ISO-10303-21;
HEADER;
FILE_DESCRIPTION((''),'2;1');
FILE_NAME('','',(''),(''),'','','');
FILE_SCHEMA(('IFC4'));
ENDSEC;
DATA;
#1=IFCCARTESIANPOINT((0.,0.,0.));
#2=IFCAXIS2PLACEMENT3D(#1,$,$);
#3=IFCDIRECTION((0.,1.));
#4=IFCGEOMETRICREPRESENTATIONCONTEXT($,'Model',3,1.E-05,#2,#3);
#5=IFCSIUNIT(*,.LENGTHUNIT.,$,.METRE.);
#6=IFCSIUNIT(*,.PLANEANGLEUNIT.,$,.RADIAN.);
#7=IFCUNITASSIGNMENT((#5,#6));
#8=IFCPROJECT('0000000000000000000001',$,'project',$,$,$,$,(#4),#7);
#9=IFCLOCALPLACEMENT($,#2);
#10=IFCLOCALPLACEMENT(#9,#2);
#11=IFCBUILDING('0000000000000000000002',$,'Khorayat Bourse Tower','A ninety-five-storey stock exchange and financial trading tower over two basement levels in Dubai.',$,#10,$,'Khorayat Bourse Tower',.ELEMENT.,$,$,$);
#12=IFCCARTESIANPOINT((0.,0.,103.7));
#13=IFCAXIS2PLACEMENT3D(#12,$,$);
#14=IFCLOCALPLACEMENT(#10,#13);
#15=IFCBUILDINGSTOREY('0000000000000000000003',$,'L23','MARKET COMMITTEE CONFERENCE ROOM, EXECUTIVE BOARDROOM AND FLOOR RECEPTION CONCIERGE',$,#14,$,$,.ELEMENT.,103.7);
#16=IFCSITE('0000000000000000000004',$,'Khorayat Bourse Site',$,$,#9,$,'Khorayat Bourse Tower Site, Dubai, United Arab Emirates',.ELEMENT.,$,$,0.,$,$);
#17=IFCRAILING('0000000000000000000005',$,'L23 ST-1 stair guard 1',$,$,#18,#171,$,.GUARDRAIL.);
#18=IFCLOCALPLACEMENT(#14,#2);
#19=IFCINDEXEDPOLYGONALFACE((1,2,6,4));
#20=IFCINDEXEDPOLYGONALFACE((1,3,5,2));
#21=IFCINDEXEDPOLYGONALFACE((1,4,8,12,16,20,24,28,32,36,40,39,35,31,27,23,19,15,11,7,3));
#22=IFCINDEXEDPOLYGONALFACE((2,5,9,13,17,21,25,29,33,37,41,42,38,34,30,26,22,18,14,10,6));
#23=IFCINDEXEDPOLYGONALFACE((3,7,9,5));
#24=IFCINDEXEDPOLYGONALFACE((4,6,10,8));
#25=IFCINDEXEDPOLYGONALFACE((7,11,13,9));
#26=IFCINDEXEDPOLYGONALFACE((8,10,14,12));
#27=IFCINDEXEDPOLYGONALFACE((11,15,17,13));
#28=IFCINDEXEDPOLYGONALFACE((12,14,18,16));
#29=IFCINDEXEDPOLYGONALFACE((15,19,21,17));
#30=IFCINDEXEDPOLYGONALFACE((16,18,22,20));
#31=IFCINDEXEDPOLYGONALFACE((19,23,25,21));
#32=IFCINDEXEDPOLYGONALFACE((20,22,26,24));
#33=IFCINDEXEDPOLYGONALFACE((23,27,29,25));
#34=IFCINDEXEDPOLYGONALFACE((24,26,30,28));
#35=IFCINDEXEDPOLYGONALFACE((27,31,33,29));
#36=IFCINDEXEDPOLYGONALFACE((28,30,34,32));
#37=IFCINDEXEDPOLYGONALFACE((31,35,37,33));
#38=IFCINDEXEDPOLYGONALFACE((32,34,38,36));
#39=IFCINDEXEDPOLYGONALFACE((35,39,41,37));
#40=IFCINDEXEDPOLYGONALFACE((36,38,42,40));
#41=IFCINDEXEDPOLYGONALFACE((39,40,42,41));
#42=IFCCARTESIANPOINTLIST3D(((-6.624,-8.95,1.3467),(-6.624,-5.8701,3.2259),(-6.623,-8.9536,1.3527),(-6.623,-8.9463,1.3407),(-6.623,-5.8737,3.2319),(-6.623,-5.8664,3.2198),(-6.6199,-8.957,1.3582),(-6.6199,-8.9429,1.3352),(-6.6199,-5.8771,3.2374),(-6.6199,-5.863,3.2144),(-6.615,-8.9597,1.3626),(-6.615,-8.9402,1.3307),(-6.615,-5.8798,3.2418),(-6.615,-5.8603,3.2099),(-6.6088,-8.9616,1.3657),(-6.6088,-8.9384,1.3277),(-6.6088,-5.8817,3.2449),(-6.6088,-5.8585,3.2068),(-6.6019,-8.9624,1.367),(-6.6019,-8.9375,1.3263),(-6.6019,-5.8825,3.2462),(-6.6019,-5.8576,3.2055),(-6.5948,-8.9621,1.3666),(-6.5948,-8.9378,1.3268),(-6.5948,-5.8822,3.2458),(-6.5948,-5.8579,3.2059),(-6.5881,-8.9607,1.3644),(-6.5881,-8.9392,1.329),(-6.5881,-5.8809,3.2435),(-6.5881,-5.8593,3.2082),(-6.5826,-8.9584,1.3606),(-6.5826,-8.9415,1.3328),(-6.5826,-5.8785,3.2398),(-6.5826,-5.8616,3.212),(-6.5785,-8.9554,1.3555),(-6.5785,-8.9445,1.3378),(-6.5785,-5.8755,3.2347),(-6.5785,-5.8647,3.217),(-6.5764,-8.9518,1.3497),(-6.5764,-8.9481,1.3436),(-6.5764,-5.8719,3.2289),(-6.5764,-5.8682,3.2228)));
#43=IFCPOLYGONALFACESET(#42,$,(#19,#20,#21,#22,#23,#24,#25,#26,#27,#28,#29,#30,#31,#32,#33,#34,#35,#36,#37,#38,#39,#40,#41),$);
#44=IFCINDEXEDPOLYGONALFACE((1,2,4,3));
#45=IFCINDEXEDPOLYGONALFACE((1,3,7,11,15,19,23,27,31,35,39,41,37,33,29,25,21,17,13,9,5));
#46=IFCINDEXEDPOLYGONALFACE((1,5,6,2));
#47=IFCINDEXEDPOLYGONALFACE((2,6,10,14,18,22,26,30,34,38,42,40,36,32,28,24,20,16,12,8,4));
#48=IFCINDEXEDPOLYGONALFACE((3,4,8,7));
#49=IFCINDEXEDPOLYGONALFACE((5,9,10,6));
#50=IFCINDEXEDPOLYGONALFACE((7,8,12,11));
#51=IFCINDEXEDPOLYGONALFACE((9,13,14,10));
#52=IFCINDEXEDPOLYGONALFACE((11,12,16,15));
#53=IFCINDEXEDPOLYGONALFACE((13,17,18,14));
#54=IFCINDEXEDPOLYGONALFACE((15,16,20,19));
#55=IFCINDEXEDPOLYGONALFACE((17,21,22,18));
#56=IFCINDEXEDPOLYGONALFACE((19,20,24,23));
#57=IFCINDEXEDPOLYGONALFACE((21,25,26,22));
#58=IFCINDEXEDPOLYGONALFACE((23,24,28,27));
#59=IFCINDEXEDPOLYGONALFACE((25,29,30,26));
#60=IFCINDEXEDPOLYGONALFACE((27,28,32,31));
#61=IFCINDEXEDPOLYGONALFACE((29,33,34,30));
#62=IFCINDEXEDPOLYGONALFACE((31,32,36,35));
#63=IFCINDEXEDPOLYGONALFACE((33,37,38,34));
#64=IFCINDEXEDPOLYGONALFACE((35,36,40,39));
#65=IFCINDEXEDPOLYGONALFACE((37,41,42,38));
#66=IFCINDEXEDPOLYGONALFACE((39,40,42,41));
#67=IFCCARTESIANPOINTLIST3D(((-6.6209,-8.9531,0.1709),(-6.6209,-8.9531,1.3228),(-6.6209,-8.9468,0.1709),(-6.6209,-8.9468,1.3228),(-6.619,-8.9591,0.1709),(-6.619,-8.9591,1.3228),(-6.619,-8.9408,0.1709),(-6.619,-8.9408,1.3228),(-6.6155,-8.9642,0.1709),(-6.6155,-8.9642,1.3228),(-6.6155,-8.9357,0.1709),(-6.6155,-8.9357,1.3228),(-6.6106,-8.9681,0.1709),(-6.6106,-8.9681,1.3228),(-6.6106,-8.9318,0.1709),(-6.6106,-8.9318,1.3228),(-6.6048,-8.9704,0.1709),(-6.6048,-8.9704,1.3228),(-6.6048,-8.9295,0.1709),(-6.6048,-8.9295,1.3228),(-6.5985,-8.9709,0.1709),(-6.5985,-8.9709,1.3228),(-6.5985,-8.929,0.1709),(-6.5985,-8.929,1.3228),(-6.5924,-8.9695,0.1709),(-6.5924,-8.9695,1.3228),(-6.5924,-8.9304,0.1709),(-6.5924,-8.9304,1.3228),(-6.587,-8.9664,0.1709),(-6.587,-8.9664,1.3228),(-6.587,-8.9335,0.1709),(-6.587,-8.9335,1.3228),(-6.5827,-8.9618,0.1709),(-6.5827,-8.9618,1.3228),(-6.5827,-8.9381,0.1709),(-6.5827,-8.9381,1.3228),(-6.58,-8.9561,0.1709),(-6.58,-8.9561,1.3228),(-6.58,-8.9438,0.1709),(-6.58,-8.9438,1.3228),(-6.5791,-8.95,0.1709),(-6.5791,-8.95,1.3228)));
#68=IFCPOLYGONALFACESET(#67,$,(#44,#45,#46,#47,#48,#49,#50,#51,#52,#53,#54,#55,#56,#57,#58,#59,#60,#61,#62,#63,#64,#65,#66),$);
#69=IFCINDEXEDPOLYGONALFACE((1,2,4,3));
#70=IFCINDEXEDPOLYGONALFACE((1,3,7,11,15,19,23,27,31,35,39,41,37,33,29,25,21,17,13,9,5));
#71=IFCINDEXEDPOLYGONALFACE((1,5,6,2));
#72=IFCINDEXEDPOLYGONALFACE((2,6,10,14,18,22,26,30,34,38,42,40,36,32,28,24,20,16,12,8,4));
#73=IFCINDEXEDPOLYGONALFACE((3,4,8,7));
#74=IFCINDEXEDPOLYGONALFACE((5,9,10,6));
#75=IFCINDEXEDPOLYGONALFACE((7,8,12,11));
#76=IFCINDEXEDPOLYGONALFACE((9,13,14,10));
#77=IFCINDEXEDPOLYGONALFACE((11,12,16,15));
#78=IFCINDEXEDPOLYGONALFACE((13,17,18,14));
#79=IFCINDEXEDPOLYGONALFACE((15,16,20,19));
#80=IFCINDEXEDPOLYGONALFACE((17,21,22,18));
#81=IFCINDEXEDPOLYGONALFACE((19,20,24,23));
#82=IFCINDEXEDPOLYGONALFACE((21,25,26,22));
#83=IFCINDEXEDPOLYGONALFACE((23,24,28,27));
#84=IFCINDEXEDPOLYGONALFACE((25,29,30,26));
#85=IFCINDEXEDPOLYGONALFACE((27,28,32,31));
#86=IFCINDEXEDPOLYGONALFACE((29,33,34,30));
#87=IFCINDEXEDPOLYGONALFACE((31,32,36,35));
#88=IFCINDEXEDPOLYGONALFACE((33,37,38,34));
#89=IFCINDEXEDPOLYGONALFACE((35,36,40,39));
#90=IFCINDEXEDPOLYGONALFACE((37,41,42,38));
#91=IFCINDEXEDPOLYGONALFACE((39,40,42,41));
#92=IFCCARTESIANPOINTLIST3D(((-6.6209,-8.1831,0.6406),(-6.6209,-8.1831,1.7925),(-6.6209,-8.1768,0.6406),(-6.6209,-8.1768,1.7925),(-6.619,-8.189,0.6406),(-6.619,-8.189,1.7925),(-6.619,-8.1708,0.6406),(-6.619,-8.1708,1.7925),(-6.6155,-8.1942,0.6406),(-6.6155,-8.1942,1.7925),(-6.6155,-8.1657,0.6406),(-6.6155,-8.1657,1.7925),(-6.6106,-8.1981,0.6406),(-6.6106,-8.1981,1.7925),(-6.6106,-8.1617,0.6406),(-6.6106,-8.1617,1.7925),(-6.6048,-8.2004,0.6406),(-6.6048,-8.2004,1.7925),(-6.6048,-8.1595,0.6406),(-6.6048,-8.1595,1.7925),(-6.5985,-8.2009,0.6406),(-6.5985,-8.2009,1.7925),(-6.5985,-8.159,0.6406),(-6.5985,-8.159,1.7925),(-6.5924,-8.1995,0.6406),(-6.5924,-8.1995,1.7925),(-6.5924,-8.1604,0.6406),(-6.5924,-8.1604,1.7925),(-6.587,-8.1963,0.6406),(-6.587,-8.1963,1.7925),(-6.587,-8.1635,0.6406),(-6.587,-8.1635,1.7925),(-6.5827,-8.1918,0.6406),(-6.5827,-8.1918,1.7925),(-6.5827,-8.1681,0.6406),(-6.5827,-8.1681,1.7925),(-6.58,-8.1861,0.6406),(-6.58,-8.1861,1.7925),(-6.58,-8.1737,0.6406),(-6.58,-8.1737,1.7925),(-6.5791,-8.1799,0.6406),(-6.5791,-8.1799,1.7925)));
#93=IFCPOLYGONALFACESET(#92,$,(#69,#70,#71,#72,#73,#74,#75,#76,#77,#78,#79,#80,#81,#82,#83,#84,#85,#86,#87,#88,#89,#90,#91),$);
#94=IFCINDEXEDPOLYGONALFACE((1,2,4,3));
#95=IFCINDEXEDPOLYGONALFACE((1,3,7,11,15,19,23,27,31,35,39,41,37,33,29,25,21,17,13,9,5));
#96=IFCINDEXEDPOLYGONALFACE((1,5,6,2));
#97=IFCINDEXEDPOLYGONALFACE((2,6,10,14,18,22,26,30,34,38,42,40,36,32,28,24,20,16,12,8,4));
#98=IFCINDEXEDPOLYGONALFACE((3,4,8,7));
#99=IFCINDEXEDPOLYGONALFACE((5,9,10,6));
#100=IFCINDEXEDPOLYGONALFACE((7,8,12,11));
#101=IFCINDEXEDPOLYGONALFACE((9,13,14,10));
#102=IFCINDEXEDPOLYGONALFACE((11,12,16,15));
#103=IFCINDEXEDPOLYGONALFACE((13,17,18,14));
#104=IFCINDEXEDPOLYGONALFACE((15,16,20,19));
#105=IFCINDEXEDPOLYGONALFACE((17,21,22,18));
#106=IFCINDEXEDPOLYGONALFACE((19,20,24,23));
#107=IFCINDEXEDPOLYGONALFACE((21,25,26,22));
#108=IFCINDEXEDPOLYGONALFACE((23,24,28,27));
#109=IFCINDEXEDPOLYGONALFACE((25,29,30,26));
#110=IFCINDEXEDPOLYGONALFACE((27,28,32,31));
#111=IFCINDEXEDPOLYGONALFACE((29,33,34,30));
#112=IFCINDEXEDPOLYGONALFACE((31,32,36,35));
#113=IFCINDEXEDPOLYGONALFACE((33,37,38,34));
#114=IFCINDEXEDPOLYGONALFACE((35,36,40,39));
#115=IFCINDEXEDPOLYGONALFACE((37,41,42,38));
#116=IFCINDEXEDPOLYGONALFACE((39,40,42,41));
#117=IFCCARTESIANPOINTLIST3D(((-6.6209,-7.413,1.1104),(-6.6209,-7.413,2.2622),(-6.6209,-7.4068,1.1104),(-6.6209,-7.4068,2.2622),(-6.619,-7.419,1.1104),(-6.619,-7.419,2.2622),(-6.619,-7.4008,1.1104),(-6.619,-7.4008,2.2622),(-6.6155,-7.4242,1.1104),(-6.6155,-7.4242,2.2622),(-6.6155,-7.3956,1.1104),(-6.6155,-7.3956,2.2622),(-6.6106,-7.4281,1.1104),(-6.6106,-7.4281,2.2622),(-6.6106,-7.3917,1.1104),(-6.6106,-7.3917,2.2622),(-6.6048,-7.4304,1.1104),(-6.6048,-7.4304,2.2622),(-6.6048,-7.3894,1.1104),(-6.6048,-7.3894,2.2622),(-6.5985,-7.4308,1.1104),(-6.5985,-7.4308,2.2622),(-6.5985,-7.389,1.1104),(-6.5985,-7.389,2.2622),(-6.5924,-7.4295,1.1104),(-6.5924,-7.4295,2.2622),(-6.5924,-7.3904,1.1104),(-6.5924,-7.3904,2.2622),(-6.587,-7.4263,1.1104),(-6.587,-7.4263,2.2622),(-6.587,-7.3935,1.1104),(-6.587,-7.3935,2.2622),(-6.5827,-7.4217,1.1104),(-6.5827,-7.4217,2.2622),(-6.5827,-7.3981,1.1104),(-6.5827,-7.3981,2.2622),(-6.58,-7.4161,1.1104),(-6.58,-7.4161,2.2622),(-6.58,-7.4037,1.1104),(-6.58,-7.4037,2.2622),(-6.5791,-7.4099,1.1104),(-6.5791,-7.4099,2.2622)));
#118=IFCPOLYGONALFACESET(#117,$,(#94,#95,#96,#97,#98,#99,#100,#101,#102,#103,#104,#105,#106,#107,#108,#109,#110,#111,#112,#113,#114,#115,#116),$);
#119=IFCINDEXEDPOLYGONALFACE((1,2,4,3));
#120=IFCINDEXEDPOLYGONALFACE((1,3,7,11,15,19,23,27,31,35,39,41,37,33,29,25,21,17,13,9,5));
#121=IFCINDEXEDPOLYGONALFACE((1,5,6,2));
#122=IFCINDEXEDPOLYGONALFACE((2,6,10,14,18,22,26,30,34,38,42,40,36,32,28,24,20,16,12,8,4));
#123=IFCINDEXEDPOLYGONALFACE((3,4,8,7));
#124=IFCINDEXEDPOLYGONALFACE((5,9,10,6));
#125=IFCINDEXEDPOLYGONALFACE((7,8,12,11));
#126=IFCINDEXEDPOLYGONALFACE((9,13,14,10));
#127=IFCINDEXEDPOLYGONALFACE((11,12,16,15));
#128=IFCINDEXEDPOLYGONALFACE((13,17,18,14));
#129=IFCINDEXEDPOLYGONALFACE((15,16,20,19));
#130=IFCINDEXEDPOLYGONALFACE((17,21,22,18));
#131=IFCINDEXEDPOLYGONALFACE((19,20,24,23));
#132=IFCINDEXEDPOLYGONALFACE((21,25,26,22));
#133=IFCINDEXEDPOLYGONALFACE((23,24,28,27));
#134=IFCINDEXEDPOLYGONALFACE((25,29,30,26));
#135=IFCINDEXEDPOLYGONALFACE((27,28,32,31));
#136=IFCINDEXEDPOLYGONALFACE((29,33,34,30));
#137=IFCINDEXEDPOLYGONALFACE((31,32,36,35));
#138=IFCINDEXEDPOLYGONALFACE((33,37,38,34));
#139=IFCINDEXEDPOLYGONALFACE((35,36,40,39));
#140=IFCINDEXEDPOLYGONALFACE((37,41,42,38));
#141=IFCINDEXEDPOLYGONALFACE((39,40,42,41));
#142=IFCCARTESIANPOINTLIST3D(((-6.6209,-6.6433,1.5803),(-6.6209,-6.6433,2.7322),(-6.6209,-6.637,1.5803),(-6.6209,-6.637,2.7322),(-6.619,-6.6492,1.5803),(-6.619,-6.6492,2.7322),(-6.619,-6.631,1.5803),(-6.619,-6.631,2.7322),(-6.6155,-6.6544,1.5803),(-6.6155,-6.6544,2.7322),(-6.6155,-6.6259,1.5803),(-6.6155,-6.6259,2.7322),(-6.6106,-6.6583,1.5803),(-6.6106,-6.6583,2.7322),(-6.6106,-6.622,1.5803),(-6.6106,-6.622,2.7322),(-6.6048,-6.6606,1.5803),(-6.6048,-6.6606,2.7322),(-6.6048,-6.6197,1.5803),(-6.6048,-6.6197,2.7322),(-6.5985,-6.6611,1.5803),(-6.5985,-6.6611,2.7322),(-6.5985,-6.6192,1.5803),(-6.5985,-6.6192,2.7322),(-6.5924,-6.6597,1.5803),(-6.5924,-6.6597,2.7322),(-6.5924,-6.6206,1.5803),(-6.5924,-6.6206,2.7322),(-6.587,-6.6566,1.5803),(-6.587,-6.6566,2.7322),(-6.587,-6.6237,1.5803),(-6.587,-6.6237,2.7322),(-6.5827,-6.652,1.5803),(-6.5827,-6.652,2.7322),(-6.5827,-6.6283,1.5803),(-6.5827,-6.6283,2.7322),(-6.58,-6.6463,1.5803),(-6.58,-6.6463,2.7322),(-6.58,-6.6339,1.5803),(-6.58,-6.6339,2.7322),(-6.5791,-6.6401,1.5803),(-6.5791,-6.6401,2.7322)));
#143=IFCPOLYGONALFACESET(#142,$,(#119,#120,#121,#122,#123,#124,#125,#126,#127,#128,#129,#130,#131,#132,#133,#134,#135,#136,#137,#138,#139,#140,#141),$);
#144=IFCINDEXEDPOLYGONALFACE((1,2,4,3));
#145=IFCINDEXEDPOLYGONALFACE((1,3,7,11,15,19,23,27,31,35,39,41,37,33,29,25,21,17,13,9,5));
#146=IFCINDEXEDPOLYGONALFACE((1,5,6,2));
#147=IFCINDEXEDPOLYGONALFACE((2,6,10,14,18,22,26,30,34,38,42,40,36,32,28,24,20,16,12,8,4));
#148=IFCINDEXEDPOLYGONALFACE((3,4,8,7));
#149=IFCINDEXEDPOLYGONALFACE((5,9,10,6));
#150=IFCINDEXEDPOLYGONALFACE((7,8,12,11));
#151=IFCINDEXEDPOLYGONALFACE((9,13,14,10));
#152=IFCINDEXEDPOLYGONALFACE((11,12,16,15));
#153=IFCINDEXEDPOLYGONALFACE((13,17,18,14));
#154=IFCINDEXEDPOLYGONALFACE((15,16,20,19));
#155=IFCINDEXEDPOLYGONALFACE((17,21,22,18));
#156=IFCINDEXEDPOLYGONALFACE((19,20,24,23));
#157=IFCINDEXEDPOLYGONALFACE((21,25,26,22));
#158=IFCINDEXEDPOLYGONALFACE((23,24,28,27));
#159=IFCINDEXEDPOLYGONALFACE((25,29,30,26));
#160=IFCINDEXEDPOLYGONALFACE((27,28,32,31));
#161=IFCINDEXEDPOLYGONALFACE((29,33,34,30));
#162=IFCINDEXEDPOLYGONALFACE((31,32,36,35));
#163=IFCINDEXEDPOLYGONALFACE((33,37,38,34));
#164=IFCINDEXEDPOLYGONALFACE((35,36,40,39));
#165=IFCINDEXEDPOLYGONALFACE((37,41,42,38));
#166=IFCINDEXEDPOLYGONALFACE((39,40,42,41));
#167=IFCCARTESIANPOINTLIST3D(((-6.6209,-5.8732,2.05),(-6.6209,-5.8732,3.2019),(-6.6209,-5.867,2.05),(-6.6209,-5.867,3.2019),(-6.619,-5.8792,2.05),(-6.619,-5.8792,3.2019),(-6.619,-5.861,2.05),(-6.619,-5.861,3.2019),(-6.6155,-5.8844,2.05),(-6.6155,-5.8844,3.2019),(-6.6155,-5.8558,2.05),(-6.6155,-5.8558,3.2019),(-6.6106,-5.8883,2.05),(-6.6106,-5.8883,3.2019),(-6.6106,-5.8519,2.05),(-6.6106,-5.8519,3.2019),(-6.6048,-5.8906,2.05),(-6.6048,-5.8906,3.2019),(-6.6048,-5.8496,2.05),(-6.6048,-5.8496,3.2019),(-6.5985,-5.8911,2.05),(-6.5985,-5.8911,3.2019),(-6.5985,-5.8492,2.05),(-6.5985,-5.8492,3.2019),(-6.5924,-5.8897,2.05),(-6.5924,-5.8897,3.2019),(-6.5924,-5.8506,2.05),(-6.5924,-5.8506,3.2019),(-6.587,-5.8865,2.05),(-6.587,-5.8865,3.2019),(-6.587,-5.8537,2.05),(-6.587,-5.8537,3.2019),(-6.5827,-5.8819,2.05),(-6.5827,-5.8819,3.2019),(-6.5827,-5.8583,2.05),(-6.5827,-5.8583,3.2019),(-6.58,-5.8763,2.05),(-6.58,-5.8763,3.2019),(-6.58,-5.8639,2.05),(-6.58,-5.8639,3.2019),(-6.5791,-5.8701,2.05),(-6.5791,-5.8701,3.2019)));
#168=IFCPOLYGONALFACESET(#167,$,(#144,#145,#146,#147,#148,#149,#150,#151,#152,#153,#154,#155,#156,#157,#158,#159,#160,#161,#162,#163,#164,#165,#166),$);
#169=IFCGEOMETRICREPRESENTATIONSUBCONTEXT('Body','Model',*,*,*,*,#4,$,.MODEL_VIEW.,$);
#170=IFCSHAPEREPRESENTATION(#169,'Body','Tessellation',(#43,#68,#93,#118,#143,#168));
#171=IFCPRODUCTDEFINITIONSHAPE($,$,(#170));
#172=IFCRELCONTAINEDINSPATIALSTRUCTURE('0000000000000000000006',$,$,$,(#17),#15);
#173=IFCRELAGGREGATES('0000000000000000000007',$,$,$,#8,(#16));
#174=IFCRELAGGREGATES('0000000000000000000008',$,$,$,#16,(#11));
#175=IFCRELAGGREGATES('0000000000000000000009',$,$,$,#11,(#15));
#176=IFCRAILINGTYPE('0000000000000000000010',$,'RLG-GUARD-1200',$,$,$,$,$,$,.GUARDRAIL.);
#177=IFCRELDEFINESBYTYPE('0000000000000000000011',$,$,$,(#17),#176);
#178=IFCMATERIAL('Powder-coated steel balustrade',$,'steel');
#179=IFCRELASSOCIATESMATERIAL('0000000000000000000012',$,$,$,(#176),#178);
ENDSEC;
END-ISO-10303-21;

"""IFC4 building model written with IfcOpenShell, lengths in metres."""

from ifc_helpers import new_model, si_unit, direction, frame, origin, origin_2d, place, context, subcontext, project, spatial, circle, extrude, source, transform, mapped, material, type_object, element, save


model = new_model("IFC4")

# Units and contexts
model_context = context("Model", 3, precision=1e-05, world=origin(), true_north=direction((0.0, 1.0)))
body_context = subcontext(model_context, "Body", "Model", "MODEL_VIEW")
ifc_project = project(units=[si_unit("LENGTHUNIT", "METRE"), si_unit("PLANEANGLEUNIT", "RADIAN")], contexts=[model_context])

# Site, building, storey
site_placement = place(None, origin())
site = spatial("IfcSite", under=ifc_project, at=site_placement, Name="Khorayat Bourse Site", LongName="Khorayat Bourse Tower Site, Dubai, United Arab Emirates", CompositionType="ELEMENT", RefElevation=0.0)
building_placement = place(site_placement, origin())
building = spatial("IfcBuilding", under=site, at=building_placement, Name="Khorayat Bourse Tower", Description="A ninety-five-storey stock exchange and financial trading tower over two basement levels in Dubai.", LongName="Khorayat Bourse Tower", CompositionType="ELEMENT")
storey_placement = place(building_placement, frame((0.0, 0.0, 103.7)))
storey = spatial("IfcBuildingStorey", under=building, at=storey_placement, Name="L23", Description="MARKET COMMITTEE CONFERENCE ROOM, EXECUTIVE BOARDROOM AND FLOOR RECEPTION CONCIERGE", CompositionType="ELEMENT", Elevation=103.7)

# Railing
ifc_material_1 = material(Name="Powder-coated steel balustrade", Category="steel")
railing_type_1 = type_object("IfcRailingType", Name="RLG-GUARD-1200", PredefinedType="GUARDRAIL", material=ifc_material_1)
shared_shape_1 = source(origin(), body_context, "Body", "SweptSolid", [
    extrude(circle(Radius=0.0239, at=origin_2d()), frame((0.0, 0.0, 1.1758), z_axis=(0.0, 0.853648, 0.52085), x_axis=(-1.0, 0.0, 0.0)), (0.0, 0.0, 1.0), 3.6079),
    extrude(circle(Radius=0.021, at=origin_2d()), origin(), (0.0, 0.0, 1.0), 1.1519),
    extrude(circle(Radius=0.021, at=origin_2d()), frame((0.0, 0.77, 0.4697)), (0.0, 0.0, 1.0), 1.1519),
    extrude(circle(Radius=0.021, at=origin_2d()), frame((0.0, 1.54, 0.9395)), (0.0, 0.0, 1.0), 1.1519),
    extrude(circle(Radius=0.021, at=origin_2d()), frame((0.0, 2.3098, 1.4094)), (0.0, 0.0, 1.0), 1.1519),
    extrude(circle(Radius=0.021, at=origin_2d()), frame((0.0, 3.0798, 1.8792)), (0.0, 0.0, 1.0), 1.1519),
])
railing_1_placement = place(storey_placement, frame((-6.6001, -8.95, 0.1709)))
element("IfcRailing", 1, at=railing_1_placement, inside=storey, type_object=railing_type_1, Name="L23 ST-1 stair guard 1", PredefinedType="GUARDRAIL", context=body_context, shape_type="MappedRepresentation", body=[
    mapped(shared_shape_1, transform((0.0, 0.0, 0.0), scale=1.0)),
])

save(model, "model.ifc")
